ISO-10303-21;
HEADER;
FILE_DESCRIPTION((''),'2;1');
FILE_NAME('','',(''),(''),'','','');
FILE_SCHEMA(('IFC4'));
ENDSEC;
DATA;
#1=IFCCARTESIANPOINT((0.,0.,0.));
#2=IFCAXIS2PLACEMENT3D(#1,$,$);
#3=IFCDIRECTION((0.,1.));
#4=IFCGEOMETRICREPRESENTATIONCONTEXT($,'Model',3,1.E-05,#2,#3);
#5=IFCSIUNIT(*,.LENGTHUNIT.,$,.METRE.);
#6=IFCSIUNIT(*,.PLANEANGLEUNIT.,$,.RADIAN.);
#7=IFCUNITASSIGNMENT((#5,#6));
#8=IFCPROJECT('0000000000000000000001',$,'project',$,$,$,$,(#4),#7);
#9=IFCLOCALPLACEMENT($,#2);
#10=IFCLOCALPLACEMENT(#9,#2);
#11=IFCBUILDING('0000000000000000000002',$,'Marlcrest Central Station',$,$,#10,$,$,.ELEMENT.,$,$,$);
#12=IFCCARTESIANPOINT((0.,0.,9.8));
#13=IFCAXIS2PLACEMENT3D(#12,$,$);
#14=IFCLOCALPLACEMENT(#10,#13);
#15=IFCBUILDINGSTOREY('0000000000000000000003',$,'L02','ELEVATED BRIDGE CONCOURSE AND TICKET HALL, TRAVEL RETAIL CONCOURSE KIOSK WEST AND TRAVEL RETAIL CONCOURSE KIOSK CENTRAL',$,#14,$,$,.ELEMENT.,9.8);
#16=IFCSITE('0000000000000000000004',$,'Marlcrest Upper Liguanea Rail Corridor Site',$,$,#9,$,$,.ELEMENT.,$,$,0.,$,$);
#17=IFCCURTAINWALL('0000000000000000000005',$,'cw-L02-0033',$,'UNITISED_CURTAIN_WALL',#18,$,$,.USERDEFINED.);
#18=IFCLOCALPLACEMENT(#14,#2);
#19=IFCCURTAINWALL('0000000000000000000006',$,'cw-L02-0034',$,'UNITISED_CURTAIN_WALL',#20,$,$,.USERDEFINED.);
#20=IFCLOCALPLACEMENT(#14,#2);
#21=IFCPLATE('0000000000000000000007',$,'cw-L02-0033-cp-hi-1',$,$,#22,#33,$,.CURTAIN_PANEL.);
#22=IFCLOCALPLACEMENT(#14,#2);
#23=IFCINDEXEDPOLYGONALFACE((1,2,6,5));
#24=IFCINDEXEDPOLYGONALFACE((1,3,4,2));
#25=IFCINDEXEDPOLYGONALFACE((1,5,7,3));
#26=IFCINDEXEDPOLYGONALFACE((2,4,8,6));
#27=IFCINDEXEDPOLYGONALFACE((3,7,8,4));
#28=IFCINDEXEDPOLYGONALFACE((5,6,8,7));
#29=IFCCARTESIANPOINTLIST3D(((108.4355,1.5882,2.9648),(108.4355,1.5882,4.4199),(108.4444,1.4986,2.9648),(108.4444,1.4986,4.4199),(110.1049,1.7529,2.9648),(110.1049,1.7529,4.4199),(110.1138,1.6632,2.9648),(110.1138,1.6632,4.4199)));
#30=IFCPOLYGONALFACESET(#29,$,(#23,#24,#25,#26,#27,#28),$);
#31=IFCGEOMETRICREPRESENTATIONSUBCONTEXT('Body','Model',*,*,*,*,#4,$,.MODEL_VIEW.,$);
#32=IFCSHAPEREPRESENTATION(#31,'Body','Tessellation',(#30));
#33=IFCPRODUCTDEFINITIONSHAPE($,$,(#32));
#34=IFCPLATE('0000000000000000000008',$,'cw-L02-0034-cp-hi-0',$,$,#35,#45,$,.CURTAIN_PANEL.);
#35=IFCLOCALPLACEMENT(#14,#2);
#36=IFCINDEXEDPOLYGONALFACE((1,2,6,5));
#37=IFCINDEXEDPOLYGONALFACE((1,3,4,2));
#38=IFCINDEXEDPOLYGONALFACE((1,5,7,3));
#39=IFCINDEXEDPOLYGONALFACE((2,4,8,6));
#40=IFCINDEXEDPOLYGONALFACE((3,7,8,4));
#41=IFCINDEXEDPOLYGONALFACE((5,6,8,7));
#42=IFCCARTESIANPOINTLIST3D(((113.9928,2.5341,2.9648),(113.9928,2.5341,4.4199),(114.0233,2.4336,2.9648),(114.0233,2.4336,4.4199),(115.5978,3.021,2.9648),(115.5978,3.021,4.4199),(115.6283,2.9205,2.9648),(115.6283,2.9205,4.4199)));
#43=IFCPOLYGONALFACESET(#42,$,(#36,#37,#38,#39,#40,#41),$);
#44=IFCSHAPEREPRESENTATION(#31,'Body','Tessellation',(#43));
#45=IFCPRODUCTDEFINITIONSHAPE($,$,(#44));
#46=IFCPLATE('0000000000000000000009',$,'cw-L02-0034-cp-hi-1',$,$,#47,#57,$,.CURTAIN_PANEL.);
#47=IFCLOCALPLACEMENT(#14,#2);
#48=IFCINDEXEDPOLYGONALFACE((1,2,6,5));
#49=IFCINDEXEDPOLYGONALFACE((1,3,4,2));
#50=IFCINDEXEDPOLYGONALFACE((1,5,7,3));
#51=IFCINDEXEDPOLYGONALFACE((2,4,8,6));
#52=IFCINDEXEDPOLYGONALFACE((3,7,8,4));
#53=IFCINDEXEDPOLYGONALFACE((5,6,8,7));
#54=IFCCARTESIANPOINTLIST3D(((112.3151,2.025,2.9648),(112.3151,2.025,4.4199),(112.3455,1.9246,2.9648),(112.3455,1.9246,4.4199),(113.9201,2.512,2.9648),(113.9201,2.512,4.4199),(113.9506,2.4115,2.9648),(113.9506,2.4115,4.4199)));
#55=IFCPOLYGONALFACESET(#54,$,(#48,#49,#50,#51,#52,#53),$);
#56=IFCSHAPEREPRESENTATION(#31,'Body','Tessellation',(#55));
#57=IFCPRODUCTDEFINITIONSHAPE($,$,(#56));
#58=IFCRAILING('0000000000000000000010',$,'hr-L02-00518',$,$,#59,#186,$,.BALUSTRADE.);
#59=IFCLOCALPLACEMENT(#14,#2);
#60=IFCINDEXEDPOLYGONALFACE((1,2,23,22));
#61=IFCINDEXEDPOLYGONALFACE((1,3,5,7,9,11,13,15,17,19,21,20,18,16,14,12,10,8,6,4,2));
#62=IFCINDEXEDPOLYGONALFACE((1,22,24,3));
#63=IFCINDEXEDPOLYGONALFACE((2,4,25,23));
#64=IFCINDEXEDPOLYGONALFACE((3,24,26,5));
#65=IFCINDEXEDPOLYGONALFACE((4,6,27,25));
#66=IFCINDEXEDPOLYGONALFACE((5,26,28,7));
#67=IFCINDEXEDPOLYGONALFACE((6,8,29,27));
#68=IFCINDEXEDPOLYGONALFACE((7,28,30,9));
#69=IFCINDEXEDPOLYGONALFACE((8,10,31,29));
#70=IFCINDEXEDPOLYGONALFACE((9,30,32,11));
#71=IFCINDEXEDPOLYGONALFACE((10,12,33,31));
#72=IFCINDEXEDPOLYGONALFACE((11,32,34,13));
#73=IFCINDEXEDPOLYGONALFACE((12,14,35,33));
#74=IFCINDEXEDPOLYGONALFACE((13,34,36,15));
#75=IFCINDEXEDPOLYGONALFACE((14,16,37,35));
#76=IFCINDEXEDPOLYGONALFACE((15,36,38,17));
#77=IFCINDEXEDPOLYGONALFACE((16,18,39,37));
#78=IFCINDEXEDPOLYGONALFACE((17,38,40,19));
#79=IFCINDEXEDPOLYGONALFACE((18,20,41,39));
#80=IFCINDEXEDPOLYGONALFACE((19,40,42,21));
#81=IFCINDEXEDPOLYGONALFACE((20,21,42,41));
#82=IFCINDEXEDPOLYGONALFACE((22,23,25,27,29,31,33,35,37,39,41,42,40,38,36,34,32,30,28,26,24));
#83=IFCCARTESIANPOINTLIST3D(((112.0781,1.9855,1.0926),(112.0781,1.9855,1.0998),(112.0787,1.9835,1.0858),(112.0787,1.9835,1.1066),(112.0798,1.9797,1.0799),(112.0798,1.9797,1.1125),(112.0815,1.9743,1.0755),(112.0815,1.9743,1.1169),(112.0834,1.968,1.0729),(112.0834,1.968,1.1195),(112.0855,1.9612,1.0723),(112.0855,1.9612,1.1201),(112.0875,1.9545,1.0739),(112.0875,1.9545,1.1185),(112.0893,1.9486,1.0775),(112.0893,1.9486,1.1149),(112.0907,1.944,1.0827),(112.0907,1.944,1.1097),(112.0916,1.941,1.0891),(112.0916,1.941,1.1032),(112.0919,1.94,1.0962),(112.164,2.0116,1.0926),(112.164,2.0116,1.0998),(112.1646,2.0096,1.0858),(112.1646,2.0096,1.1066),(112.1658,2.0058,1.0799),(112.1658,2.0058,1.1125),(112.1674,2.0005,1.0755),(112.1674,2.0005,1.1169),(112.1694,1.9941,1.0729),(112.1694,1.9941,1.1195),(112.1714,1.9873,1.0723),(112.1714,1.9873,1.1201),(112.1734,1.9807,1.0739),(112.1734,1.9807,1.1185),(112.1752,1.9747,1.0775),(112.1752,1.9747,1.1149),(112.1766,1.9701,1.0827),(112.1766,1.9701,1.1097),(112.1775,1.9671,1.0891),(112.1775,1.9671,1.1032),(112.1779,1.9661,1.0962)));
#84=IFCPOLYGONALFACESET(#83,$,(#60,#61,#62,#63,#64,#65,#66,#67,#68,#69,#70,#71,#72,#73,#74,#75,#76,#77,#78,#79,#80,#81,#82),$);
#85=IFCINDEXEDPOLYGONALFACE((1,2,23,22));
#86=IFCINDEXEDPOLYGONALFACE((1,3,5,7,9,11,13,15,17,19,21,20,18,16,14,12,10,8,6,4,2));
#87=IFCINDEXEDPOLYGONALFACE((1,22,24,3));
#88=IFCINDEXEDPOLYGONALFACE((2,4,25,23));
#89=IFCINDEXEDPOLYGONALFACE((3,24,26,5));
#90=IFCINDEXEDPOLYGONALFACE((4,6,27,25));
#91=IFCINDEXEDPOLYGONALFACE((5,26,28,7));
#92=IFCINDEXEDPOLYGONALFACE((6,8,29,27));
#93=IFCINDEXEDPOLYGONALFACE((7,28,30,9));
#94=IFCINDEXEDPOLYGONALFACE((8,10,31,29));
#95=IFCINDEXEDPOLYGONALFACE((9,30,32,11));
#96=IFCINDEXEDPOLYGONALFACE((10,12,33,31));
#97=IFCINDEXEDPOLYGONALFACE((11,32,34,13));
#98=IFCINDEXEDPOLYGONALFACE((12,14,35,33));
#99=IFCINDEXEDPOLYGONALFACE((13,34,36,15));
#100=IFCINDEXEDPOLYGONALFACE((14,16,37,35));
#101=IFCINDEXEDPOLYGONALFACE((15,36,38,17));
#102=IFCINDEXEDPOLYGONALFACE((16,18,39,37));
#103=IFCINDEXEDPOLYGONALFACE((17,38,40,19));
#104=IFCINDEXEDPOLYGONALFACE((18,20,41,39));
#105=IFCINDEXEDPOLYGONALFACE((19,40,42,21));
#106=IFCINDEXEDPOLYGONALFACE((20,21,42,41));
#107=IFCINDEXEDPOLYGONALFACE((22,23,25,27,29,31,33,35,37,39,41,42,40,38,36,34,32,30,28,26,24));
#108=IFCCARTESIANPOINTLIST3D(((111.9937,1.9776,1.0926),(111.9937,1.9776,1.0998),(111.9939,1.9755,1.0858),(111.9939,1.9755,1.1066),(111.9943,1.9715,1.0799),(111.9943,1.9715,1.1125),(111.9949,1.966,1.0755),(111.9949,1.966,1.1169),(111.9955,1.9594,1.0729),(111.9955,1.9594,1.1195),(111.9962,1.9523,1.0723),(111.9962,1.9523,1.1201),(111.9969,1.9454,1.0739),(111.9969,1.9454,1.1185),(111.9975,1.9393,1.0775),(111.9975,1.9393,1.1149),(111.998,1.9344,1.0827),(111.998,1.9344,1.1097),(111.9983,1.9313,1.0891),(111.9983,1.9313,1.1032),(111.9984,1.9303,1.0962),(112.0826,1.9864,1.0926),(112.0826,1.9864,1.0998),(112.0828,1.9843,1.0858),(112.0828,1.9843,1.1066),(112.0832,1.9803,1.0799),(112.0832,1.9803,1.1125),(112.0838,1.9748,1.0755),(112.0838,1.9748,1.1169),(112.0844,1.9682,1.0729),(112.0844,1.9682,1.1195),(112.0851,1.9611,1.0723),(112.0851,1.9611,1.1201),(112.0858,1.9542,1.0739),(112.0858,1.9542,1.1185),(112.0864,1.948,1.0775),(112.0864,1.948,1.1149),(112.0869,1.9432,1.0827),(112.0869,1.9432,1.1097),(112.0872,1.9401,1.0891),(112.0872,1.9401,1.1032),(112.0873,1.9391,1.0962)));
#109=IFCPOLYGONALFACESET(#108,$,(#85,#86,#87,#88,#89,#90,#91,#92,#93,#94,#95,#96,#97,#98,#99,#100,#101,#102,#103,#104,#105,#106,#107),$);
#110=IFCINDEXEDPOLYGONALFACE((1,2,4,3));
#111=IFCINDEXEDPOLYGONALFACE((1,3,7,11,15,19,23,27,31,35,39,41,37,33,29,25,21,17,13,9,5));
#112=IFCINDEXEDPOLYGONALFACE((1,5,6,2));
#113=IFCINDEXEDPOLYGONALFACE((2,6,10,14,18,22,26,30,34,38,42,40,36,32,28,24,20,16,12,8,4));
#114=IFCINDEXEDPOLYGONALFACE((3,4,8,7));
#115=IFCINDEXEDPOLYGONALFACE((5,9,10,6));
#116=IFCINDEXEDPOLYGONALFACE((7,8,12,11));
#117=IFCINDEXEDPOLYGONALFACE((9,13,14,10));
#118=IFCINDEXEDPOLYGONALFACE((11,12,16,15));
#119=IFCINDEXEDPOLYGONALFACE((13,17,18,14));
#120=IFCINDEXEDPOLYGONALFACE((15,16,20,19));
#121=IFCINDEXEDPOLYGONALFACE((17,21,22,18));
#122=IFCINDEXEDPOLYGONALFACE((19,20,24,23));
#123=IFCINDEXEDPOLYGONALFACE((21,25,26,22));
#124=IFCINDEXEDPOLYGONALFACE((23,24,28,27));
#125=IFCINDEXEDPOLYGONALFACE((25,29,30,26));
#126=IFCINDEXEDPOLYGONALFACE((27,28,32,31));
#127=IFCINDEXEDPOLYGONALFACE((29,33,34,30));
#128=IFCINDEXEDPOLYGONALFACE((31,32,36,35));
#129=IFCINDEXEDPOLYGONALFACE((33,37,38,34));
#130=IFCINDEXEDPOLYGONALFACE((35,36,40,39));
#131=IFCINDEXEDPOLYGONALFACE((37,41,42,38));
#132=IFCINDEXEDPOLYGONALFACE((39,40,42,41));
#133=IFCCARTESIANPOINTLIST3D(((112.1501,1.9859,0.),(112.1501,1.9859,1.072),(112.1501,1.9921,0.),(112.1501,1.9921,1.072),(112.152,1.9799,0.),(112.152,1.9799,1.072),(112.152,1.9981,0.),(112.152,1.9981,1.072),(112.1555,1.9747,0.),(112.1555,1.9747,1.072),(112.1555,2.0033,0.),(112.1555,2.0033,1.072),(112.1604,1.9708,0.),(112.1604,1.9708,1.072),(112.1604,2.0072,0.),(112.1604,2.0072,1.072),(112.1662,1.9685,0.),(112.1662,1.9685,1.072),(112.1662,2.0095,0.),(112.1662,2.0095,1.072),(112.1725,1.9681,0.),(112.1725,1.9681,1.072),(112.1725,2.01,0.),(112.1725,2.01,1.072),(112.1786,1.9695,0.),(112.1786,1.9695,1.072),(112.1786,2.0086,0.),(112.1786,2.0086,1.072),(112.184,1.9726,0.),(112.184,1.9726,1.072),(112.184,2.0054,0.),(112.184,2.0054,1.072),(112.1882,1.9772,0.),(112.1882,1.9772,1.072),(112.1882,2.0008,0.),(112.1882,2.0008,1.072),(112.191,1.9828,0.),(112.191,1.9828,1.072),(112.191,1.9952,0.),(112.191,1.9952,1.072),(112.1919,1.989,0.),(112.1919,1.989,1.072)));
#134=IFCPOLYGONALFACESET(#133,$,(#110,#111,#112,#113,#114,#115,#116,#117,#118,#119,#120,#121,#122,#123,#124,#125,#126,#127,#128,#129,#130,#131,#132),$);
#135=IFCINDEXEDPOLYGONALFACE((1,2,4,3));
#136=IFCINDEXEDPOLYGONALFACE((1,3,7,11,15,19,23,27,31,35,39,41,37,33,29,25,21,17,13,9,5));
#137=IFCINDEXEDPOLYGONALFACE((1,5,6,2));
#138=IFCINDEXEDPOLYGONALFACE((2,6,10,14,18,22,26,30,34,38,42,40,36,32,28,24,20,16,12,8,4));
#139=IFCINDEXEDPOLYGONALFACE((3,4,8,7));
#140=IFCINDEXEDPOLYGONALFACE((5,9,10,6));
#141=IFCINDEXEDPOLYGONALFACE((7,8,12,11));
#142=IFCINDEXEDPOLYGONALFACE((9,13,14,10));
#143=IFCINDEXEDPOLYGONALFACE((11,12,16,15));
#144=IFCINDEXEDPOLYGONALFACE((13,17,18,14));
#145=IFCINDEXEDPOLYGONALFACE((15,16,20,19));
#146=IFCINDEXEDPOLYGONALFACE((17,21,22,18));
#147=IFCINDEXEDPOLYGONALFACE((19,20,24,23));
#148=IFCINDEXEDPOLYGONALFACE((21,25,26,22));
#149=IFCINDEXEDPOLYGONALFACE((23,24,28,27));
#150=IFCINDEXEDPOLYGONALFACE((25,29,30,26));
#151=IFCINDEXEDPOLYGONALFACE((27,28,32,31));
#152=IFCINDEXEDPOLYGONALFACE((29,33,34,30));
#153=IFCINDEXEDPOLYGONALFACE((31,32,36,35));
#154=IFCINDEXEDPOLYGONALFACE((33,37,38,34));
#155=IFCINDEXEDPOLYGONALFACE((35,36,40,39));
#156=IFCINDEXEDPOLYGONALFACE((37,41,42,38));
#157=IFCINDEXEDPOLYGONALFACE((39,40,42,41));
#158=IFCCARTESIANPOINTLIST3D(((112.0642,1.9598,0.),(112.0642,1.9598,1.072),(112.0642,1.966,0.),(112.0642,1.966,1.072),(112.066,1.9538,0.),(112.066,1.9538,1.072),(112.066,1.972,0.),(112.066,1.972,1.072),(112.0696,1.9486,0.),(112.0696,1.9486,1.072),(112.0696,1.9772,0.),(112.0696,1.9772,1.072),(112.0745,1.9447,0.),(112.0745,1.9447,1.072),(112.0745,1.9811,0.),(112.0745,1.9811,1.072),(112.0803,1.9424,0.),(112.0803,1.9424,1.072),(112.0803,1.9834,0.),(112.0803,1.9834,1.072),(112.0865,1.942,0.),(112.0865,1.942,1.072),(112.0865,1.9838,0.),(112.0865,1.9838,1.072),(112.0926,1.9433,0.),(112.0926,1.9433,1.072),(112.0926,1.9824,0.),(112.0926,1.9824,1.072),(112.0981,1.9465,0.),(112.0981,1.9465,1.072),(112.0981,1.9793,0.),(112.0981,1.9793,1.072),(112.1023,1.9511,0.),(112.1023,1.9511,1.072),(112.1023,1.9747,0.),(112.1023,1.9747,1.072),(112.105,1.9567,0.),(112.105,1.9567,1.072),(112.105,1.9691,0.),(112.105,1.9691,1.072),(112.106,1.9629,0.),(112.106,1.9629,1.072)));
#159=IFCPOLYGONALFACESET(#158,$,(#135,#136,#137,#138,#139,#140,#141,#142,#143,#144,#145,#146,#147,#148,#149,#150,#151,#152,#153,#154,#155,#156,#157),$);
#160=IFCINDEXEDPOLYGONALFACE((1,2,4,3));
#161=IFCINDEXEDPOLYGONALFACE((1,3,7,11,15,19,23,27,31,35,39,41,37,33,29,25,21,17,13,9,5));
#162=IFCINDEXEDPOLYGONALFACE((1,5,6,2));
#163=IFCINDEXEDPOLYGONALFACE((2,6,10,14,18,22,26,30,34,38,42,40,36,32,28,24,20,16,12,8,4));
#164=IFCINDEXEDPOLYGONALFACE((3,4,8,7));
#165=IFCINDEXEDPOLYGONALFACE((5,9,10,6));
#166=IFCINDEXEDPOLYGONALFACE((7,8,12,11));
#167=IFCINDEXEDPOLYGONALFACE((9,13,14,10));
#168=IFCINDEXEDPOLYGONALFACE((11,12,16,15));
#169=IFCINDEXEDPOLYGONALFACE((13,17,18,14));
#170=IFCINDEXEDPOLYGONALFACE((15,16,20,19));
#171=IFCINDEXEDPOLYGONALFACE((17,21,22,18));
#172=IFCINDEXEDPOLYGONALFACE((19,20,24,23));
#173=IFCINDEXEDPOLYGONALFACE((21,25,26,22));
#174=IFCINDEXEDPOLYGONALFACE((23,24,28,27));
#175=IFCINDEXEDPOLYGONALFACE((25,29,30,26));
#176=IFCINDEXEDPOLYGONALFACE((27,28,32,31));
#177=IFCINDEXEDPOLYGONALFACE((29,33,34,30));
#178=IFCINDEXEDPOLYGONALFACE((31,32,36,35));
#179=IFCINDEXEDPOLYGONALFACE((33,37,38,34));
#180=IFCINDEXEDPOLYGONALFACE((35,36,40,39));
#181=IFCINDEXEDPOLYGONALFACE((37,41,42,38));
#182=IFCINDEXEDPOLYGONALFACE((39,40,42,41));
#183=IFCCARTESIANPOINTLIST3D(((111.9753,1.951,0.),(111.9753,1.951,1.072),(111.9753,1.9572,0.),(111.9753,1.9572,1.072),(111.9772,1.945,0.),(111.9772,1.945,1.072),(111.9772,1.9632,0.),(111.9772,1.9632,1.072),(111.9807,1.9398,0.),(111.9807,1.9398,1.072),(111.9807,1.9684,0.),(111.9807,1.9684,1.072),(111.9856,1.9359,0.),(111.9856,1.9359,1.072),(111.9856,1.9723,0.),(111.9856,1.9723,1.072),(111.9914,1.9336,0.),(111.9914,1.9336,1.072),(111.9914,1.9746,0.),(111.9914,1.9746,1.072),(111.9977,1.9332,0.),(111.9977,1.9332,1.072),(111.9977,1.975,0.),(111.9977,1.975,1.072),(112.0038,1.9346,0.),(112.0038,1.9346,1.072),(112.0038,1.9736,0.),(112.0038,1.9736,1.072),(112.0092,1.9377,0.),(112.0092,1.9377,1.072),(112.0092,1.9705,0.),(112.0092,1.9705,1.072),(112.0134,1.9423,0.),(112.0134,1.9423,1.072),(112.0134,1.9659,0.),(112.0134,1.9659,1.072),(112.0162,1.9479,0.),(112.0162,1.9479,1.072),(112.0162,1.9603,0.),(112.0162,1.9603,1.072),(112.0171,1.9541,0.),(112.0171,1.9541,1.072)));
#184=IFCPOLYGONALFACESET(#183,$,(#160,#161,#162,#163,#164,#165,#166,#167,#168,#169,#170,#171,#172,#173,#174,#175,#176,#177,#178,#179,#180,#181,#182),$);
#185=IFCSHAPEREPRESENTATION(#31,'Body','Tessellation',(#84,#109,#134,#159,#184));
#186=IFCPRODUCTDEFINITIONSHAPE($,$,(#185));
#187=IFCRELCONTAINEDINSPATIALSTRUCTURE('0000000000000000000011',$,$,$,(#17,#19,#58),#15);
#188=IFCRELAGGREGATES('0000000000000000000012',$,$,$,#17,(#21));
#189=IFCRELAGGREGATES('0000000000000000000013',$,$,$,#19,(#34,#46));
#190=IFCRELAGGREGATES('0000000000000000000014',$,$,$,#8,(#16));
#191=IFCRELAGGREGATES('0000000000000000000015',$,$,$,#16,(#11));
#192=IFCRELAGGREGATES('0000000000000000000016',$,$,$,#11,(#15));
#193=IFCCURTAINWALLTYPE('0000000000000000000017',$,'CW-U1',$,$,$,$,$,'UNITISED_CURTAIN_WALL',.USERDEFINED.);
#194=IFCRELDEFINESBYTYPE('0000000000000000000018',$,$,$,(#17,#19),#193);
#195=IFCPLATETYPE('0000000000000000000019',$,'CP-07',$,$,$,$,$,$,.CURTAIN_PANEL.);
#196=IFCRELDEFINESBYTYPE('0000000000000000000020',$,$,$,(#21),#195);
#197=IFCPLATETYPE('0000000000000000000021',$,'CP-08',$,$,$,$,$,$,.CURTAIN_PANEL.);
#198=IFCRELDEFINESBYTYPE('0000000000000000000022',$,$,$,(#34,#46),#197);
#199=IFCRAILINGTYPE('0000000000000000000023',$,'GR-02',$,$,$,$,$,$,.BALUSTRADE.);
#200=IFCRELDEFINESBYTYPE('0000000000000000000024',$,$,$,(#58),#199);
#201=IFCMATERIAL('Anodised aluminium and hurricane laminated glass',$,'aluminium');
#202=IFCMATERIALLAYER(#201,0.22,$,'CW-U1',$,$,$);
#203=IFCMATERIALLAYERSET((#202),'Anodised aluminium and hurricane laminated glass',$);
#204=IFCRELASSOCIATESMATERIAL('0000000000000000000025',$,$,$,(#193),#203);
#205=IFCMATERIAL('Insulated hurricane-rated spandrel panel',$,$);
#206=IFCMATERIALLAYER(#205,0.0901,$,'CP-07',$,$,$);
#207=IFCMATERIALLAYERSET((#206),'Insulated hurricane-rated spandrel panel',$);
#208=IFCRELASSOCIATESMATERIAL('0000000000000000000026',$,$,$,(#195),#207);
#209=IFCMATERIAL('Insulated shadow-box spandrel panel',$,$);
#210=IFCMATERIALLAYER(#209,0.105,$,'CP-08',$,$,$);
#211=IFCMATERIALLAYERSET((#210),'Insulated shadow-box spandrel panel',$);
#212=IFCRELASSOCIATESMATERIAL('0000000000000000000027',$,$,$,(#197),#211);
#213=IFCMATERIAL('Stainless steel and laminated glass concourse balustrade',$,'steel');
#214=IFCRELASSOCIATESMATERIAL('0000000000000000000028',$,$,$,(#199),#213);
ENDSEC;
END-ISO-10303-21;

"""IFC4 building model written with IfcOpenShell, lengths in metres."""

from ifc_helpers import new_model, si_unit, direction, frame, origin, origin_2d, place, context, subcontext, project, spatial, rectangle, circle, extrude, material, layer, layer_set, type_object, element, aggregate, save


model = new_model("IFC4")

# Units and contexts
model_context = context("Model", 3, precision=1e-05, world=origin(), true_north=direction((0.0, 1.0)))
body_context = subcontext(model_context, "Body", "Model", "MODEL_VIEW")
ifc_project = project(units=[si_unit("LENGTHUNIT", "METRE"), si_unit("PLANEANGLEUNIT", "RADIAN")], contexts=[model_context])

# Site, building, storey
site_placement = place(None, origin())
site = spatial("IfcSite", under=ifc_project, at=site_placement, Name="Marlcrest Upper Liguanea Rail Corridor Site", CompositionType="ELEMENT", RefElevation=0.0)
building_placement = place(site_placement, origin())
building = spatial("IfcBuilding", under=site, at=building_placement, Name="Marlcrest Central Station", CompositionType="ELEMENT")
storey_placement = place(building_placement, frame((0.0, 0.0, 9.8)))
storey = spatial("IfcBuildingStorey", under=building, at=storey_placement, Name="L02", Description="ELEVATED BRIDGE CONCOURSE AND TICKET HALL, TRAVEL RETAIL CONCOURSE KIOSK WEST AND TRAVEL RETAIL CONCOURSE KIOSK CENTRAL", CompositionType="ELEMENT", Elevation=9.8)

# Curtain walls
ifc_material_1 = material(Name="Anodised aluminium and hurricane laminated glass", Category="aluminium")
ifc_layer_1 = layer(ifc_material_1, 0.22, Name="CW-U1")
ifc_layer_set_1 = layer_set([ifc_layer_1], Name="Anodised aluminium and hurricane laminated glass")
curtain_wall_type = type_object("IfcCurtainWallType", Name="CW-U1", ElementType="UNITISED_CURTAIN_WALL", PredefinedType="USERDEFINED", material=ifc_layer_set_1)
curtain_wall_1_placement = place(storey_placement, origin())
curtain_wall_1 = element("IfcCurtainWall", 1, at=curtain_wall_1_placement, inside=storey, type_object=curtain_wall_type, Name="cw-L02-0033", ObjectType="UNITISED_CURTAIN_WALL", PredefinedType="USERDEFINED")
curtain_wall_2_placement = place(storey_placement, origin())
curtain_wall_2 = element("IfcCurtainWall", 2, at=curtain_wall_2_placement, inside=storey, type_object=curtain_wall_type, Name="cw-L02-0034", ObjectType="UNITISED_CURTAIN_WALL", PredefinedType="USERDEFINED")

# Plates
ifc_material_2 = material(Name="Insulated hurricane-rated spandrel panel")
ifc_layer_2 = layer(ifc_material_2, 0.0901, Name="CP-07")
ifc_layer_set_2 = layer_set([ifc_layer_2], Name="Insulated hurricane-rated spandrel panel")
plate_type_1 = type_object("IfcPlateType", Name="CP-07", PredefinedType="CURTAIN_PANEL", material=ifc_layer_set_2)
plate_1_placement = place(storey_placement, frame((109.2747, 1.6257, 2.9648), z_axis=(0.0, 0.0, 1.0), x_axis=(-0.995173, -0.098139, 0.0)))
plate_1 = element("IfcPlate", 3, at=plate_1_placement, type_object=plate_type_1, Name="cw-L02-0033-cp-hi-1", PredefinedType="CURTAIN_PANEL", context=body_context, shape_type="SweptSolid", body=[
    extrude(rectangle(XDim=1.6775, YDim=0.0901, at=origin_2d()), origin(), (0.0, 0.0, 1.0), 1.4551),
])
aggregate(curtain_wall_1, [plate_1])
ifc_material_3 = material(Name="Insulated shadow-box spandrel panel")
ifc_layer_3 = layer(ifc_material_3, 0.105, Name="CP-08")
ifc_layer_set_3 = layer_set([ifc_layer_3], Name="Insulated shadow-box spandrel panel")
plate_type_2 = type_object("IfcPlateType", Name="CP-08", PredefinedType="CURTAIN_PANEL", material=ifc_layer_set_3)
plate_2_placement = place(storey_placement, frame((114.8105, 2.7273, 2.9648), z_axis=(0.0, 0.0, 1.0), x_axis=(-0.95693, -0.290318, 0.0)))
plate_2 = element("IfcPlate", 4, at=plate_2_placement, type_object=plate_type_2, Name="cw-L02-0034-cp-hi-0", PredefinedType="CURTAIN_PANEL", context=body_context, shape_type="SweptSolid", body=[
    extrude(rectangle(XDim=1.6772, YDim=0.105, at=origin_2d()), origin(), (0.0, 0.0, 1.0), 1.4551),
])
plate_3_placement = place(storey_placement, frame((113.1328, 2.2183, 2.9648), z_axis=(0.0, 0.0, 1.0), x_axis=(-0.95693, -0.290318, 0.0)))
plate_3 = element("IfcPlate", 5, at=plate_3_placement, type_object=plate_type_2, Name="cw-L02-0034-cp-hi-1", PredefinedType="CURTAIN_PANEL", context=body_context, shape_type="SweptSolid", body=[
    extrude(rectangle(XDim=1.6772, YDim=0.105, at=origin_2d()), origin(), (0.0, 0.0, 1.0), 1.4551),
])
aggregate(curtain_wall_2, [plate_2, plate_3])

# Railing
ifc_material_4 = material(Name="Stainless steel and laminated glass concourse balustrade", Category="steel")
railing_type = type_object("IfcRailingType", Name="GR-02", PredefinedType="BALUSTRADE", material=ifc_material_4)
railing_1_placement = place(storey_placement, frame((112.1709, 1.989, 0.0)))
element("IfcRailing", 6, at=railing_1_placement, inside=storey, type_object=railing_type, Name="hr-L02-00518", PredefinedType="BALUSTRADE", context=body_context, shape_type="SweptSolid", body=[
    extrude(circle(Radius=0.0239, at=origin_2d()), frame((0.0, 0.0, 1.0962), z_axis=(-0.956773, -0.290837, 0.0), x_axis=(0.290837, -0.956773, 0.0)), (0.0, 0.0, 1.0), 0.0898),
    extrude(circle(Radius=0.0239, at=origin_2d()), frame((-0.0859, -0.0261, 1.0962), z_axis=(-0.995145, -0.098421, 0.0), x_axis=(0.098421, -0.995145, 0.0)), (0.0, 0.0, 1.0), 0.0894),
    extrude(circle(Radius=0.021, at=origin_2d()), origin(), (0.0, 0.0, 1.0), 1.072),
    extrude(circle(Radius=0.021, at=origin_2d()), frame((-0.0859, -0.0261, 0.0)), (0.0, 0.0, 1.0), 1.072),
    extrude(circle(Radius=0.021, at=origin_2d()), frame((-0.1748, -0.0349, 0.0)), (0.0, 0.0, 1.0), 1.072),
])

save(model, "model.ifc")
